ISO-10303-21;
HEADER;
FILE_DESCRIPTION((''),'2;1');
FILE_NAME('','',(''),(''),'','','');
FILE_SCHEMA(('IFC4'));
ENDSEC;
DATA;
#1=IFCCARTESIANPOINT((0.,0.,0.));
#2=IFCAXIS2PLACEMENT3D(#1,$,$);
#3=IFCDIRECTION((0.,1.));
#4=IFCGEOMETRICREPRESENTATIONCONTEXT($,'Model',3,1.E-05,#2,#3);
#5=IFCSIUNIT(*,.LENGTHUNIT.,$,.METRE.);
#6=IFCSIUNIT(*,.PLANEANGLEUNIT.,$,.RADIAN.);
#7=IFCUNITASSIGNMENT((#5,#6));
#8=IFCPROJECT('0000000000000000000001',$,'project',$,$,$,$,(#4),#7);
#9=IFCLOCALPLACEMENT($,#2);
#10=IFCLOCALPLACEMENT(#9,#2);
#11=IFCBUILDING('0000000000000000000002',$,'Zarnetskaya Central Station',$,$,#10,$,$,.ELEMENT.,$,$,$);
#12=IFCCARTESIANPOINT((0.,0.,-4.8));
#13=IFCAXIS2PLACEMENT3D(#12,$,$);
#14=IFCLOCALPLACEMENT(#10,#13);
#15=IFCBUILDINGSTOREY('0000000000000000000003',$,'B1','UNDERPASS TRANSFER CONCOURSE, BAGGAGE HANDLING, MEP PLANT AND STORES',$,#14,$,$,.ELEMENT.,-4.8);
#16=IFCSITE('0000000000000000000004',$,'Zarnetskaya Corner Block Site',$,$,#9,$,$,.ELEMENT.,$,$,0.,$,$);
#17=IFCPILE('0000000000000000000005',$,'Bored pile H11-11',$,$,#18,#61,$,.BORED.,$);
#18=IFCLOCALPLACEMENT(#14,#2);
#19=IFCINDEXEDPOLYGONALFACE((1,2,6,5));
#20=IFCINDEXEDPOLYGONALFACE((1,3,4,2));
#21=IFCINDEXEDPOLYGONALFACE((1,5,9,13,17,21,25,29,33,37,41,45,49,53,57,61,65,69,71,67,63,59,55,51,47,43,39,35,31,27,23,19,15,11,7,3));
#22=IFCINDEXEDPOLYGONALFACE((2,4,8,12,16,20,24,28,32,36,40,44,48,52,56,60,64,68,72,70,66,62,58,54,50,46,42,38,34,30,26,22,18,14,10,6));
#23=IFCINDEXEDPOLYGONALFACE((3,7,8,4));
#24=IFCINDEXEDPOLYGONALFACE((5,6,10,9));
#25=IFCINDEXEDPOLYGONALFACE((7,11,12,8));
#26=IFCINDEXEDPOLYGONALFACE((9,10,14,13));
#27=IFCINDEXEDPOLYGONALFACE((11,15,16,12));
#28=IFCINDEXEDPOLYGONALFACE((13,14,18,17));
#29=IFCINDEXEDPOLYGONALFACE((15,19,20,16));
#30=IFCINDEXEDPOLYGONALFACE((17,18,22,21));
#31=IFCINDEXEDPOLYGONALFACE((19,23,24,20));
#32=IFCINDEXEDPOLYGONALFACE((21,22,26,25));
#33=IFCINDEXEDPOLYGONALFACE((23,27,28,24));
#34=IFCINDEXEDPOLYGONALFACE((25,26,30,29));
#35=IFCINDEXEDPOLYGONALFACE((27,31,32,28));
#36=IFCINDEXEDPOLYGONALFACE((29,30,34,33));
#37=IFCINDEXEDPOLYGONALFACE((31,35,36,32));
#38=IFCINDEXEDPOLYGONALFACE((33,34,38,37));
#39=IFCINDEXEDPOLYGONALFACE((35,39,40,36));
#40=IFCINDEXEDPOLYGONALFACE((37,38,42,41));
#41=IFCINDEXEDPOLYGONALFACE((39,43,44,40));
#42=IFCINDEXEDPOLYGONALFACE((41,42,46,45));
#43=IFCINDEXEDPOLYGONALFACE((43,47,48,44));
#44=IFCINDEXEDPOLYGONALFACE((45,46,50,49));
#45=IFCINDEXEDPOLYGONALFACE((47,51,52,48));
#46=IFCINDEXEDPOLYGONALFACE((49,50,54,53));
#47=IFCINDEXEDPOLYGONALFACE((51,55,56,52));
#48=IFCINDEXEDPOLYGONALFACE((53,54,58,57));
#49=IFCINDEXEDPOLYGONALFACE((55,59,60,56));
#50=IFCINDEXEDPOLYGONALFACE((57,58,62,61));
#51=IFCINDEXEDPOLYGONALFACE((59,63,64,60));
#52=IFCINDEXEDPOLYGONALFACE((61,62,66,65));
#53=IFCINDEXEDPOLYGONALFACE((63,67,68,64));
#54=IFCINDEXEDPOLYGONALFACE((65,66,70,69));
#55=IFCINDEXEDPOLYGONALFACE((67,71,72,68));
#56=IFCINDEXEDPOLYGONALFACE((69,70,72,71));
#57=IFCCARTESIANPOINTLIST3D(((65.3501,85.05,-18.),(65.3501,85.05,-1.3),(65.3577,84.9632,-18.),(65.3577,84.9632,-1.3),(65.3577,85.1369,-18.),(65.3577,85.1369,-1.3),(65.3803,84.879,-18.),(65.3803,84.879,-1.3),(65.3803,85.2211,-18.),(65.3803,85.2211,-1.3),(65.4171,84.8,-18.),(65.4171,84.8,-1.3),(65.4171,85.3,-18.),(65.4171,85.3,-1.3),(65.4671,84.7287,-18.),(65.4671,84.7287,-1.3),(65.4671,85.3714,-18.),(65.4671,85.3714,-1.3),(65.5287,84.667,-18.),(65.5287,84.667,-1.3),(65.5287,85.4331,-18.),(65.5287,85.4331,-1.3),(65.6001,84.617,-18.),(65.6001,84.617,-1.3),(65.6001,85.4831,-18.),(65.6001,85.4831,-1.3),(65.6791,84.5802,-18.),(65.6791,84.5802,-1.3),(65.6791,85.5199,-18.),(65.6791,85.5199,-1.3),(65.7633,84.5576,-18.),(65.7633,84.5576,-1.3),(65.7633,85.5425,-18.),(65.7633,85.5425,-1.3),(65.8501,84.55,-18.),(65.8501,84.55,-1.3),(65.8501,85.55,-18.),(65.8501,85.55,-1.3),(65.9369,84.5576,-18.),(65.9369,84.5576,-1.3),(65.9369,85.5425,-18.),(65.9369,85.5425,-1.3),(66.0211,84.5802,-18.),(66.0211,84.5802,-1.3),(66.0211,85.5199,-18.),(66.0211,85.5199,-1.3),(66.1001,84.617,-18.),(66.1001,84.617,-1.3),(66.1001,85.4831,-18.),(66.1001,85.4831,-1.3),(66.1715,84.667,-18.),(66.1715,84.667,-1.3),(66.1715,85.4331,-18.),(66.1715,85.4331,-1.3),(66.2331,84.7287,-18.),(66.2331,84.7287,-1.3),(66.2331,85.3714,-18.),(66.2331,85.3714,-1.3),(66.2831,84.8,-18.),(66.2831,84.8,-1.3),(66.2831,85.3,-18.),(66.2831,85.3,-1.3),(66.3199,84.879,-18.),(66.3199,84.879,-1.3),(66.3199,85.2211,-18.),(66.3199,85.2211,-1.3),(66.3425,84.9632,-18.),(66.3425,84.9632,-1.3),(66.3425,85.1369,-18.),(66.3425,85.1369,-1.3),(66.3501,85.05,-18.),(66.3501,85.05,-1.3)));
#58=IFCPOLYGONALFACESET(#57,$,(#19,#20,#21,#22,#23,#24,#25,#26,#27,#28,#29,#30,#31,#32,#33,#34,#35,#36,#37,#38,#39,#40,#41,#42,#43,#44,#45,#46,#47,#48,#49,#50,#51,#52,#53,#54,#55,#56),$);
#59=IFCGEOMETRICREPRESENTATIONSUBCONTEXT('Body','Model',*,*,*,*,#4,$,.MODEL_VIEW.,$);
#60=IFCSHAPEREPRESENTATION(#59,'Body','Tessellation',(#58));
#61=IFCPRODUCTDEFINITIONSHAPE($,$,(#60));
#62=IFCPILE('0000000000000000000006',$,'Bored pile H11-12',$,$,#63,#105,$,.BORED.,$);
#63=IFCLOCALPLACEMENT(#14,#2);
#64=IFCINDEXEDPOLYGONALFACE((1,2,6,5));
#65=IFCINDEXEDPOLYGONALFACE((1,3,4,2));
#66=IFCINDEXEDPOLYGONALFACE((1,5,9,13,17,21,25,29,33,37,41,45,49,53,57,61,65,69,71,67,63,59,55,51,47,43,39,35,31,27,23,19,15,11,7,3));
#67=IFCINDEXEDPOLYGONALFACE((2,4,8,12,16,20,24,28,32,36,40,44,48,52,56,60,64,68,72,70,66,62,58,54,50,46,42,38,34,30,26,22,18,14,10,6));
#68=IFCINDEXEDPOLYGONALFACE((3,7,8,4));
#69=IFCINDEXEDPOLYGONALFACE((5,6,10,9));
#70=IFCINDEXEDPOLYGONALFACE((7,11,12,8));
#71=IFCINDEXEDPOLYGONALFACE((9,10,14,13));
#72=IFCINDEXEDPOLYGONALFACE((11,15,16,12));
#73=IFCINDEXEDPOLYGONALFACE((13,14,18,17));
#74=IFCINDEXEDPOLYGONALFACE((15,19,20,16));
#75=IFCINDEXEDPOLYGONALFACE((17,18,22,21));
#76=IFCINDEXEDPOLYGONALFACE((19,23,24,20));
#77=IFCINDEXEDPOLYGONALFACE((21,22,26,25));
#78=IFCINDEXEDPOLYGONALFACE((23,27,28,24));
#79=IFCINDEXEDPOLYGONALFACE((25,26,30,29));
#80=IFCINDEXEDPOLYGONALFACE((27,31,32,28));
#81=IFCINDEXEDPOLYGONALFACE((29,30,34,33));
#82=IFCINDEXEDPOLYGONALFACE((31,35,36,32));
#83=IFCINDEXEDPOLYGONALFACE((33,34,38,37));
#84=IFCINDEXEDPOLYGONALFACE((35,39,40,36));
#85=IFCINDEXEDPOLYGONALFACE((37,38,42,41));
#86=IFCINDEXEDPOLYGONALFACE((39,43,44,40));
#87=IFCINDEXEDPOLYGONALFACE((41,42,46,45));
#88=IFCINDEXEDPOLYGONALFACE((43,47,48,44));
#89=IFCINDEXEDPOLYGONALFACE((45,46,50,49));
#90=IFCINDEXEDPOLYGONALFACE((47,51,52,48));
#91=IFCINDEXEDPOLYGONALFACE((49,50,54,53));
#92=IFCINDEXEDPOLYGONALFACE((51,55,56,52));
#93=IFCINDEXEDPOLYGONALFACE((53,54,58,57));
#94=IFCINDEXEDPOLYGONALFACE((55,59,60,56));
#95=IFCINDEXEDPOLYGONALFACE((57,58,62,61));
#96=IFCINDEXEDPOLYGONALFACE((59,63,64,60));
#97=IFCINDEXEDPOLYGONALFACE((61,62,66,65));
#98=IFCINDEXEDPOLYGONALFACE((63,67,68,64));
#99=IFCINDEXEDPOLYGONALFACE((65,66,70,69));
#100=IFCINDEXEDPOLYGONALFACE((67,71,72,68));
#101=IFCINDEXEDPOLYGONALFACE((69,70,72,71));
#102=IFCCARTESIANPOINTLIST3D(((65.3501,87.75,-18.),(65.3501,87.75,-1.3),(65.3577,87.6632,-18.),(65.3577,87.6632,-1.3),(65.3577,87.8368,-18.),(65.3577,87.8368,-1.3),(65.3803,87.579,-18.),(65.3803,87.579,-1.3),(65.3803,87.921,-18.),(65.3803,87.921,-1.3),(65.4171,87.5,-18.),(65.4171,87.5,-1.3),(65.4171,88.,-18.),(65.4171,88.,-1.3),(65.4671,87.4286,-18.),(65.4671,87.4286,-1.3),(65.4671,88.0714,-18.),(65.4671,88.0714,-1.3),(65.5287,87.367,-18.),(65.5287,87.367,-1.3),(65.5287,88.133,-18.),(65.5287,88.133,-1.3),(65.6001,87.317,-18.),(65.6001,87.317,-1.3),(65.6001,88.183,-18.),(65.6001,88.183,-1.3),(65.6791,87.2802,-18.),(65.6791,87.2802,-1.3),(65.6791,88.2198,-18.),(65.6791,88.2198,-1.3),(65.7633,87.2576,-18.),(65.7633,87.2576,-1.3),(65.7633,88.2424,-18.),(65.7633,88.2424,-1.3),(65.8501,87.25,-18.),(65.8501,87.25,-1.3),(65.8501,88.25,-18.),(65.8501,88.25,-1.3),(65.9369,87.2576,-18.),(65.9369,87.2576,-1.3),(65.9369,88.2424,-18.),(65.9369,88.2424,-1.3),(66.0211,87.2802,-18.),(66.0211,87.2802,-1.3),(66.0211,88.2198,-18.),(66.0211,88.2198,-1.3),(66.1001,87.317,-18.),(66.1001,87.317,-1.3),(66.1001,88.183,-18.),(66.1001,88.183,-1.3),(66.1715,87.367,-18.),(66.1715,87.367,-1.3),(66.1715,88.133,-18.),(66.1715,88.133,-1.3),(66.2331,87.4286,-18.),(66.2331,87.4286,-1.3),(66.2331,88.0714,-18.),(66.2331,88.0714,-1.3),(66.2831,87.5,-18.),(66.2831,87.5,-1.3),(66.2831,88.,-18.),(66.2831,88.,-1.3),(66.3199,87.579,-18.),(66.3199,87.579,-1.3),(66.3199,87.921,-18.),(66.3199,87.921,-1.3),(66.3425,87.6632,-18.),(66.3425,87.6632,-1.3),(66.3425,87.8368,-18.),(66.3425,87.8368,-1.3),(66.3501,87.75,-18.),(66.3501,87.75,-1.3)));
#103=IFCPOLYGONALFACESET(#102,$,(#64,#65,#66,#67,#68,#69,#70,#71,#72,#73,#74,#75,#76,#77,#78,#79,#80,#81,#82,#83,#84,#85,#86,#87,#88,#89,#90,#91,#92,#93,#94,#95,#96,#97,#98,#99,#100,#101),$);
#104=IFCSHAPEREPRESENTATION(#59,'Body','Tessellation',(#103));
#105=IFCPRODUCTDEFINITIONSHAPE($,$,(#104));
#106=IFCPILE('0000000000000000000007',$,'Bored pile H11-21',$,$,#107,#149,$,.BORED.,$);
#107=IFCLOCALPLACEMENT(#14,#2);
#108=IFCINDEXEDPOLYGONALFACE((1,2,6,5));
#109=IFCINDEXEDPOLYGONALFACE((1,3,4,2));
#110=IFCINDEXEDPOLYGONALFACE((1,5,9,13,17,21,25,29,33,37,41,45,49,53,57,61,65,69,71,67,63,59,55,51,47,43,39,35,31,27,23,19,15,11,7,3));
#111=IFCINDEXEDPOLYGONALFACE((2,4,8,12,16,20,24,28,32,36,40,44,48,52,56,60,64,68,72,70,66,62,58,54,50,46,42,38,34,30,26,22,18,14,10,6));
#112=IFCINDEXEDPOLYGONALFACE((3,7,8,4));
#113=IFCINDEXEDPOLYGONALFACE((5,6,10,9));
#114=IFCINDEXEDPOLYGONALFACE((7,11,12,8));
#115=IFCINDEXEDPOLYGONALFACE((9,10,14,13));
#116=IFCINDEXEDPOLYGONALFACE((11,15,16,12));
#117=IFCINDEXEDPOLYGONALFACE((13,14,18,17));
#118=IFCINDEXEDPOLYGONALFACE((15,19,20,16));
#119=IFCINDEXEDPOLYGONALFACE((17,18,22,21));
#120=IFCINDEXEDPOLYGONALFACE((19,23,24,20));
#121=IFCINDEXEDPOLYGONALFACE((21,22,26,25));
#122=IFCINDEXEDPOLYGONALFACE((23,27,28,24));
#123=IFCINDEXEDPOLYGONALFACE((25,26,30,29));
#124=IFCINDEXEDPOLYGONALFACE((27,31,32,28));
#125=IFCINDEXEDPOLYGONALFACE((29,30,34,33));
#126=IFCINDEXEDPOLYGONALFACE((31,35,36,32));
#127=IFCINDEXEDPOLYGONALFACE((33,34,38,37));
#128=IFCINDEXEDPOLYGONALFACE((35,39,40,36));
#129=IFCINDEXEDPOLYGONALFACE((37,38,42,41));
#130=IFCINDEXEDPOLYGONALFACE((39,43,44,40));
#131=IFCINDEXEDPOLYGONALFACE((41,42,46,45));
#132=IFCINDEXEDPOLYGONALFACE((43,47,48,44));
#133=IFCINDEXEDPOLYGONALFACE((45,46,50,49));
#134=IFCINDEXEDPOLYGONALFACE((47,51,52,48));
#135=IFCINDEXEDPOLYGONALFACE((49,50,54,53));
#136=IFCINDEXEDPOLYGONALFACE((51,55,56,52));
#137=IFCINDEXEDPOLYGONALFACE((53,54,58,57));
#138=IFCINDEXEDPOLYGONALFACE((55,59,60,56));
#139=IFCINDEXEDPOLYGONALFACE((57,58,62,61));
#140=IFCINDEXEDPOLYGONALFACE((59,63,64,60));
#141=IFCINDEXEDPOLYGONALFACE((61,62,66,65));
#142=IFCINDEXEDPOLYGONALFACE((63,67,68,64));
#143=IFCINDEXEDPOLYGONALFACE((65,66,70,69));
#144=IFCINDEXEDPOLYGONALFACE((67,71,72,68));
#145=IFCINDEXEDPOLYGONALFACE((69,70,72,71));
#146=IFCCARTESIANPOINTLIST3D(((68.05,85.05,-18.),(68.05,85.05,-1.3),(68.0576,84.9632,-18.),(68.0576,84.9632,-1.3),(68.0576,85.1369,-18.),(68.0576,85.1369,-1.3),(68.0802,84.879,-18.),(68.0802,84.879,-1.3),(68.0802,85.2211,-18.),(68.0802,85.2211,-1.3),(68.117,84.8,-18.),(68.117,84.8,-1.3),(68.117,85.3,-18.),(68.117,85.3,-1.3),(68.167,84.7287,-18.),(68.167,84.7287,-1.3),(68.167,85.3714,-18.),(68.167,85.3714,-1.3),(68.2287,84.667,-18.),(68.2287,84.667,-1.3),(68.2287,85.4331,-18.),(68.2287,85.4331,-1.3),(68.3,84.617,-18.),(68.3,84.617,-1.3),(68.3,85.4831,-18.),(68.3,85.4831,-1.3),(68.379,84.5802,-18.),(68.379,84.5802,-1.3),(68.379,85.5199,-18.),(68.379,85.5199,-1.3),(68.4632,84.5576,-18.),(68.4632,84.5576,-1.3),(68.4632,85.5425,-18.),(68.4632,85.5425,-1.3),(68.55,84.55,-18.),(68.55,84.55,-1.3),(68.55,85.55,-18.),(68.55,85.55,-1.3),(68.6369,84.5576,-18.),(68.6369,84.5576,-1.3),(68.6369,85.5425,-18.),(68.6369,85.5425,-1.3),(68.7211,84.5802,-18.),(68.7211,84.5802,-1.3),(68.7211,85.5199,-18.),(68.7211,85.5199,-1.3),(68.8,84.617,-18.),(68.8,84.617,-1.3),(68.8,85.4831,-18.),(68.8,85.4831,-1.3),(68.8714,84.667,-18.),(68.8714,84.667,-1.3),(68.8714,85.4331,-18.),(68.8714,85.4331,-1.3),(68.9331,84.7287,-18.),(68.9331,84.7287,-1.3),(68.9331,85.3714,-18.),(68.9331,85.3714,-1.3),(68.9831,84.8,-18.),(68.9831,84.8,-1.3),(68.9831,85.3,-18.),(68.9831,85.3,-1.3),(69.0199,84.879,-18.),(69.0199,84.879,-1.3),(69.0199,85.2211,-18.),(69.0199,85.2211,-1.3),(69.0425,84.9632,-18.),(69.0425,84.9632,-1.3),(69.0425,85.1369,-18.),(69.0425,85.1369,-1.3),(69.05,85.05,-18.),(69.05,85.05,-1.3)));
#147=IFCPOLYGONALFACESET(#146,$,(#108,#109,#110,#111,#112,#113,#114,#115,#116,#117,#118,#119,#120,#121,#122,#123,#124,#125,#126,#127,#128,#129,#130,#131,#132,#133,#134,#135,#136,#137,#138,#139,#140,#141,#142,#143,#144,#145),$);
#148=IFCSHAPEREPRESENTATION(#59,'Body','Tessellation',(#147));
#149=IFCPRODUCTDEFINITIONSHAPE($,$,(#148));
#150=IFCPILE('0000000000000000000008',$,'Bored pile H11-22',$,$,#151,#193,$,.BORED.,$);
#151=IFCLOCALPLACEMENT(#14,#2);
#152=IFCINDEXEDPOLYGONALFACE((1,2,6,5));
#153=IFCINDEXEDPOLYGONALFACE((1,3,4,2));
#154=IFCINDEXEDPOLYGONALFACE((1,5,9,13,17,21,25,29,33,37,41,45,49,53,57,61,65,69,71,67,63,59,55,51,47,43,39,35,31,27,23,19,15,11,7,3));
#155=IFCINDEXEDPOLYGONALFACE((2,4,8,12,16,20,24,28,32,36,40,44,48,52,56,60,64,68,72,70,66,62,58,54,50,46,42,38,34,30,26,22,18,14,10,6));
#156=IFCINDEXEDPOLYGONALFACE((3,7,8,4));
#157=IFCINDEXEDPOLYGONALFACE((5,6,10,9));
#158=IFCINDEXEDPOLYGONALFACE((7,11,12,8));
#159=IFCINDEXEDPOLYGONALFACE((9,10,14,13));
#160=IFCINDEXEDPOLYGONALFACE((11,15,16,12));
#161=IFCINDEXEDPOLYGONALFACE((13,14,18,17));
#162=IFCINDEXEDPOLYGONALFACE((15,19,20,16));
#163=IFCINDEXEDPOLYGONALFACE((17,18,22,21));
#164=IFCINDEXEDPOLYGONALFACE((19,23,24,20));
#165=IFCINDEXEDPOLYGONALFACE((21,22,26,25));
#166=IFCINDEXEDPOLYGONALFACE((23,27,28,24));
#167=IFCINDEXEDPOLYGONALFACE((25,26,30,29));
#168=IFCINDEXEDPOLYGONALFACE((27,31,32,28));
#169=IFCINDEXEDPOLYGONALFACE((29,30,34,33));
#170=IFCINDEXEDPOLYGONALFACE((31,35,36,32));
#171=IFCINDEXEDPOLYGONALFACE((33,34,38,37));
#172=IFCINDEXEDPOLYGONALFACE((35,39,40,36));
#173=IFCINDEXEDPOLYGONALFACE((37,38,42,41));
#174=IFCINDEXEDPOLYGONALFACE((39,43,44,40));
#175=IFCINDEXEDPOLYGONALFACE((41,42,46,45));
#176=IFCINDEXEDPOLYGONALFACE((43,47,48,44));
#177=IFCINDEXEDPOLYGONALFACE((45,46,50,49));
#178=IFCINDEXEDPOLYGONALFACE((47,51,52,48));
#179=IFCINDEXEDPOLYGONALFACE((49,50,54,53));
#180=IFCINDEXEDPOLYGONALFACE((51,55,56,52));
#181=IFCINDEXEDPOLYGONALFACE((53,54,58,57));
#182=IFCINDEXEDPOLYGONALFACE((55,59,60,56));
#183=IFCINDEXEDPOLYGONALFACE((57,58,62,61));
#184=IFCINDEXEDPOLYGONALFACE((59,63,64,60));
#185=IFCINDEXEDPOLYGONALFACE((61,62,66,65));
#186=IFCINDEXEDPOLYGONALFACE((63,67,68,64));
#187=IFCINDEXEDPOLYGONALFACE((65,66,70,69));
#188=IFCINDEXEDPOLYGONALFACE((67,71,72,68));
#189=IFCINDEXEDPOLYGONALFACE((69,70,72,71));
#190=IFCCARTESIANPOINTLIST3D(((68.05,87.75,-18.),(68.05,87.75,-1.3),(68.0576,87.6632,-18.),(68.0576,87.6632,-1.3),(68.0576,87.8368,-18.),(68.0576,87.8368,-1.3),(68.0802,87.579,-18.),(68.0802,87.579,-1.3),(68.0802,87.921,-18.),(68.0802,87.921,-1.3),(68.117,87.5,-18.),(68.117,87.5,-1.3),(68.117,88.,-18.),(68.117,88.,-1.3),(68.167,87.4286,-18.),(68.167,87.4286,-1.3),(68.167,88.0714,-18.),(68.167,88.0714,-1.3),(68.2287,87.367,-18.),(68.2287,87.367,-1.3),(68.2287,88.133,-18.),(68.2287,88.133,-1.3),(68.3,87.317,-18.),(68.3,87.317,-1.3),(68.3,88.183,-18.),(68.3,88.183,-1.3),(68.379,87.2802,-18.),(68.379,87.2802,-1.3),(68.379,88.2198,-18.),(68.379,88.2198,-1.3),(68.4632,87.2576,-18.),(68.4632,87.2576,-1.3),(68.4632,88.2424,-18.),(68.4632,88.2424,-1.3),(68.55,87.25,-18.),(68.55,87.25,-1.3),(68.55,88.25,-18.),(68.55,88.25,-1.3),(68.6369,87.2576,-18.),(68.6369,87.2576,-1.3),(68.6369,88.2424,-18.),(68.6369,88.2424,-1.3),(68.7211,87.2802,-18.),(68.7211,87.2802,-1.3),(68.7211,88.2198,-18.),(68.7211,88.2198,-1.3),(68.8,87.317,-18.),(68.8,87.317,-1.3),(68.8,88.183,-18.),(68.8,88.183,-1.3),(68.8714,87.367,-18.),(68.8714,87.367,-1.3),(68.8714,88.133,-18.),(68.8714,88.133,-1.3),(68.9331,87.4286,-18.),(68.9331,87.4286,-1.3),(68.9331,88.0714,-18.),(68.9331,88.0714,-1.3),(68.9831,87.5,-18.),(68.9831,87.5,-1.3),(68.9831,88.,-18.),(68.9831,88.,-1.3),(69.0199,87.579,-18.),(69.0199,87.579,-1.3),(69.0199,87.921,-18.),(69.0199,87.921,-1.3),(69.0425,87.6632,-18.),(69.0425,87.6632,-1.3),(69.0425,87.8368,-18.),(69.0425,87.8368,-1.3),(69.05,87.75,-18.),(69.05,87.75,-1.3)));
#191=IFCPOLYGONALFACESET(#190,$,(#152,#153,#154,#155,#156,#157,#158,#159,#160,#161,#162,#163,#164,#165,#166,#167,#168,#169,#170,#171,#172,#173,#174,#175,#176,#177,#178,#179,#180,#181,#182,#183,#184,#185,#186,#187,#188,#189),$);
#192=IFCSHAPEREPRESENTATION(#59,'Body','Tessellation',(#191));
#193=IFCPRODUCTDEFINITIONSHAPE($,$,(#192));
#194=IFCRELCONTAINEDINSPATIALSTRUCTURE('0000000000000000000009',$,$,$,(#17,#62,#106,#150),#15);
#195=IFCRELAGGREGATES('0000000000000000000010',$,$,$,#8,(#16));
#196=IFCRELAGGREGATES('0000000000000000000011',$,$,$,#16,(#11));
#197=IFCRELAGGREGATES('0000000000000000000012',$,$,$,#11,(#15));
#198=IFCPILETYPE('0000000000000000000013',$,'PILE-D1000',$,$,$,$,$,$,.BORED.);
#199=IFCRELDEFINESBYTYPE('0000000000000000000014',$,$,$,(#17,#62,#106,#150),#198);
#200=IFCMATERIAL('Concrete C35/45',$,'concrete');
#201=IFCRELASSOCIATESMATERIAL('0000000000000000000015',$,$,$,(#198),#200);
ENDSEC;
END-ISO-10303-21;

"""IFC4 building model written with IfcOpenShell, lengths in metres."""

from ifc_helpers import new_model, si_unit, direction, frame, origin, origin_2d, place, context, subcontext, project, spatial, circle, extrude, material, material_profile, profile_set, type_object, element, save


model = new_model("IFC4")

# Units and contexts
model_context = context("Model", 3, precision=1e-05, world=origin(), true_north=direction((0.0, 1.0)))
body_context = subcontext(model_context, "Body", "Model", "MODEL_VIEW")
ifc_project = project(units=[si_unit("LENGTHUNIT", "METRE"), si_unit("PLANEANGLEUNIT", "RADIAN")], contexts=[model_context])

# Site, building, storey
site_placement = place(None, origin())
site = spatial("IfcSite", under=ifc_project, at=site_placement, Name="Zarnetskaya Corner Block Site", CompositionType="ELEMENT", RefElevation=0.0)
building_placement = place(site_placement, origin())
building = spatial("IfcBuilding", under=site, at=building_placement, Name="Zarnetskaya Central Station", CompositionType="ELEMENT")
storey_placement = place(building_placement, frame((0.0, 0.0, -4.8)))
storey = spatial("IfcBuildingStorey", under=building, at=storey_placement, Name="B1", Description="UNDERPASS TRANSFER CONCOURSE, BAGGAGE HANDLING, MEP PLANT AND STORES", CompositionType="ELEMENT", Elevation=-4.8)

# Shared definitions
ifc_material = material(Name="Concrete C35/45", Category="concrete")

# Piles
ifc_material_profile_1 = material_profile(ifc_material, circle(Radius=0.5, at=origin_2d()), Name="BORED PILE D1000")
ifc_profile_set_1 = profile_set([ifc_material_profile_1], Name="Concrete C35/45")
pile_type_1 = type_object("IfcPileType", Name="PILE-D1000", PredefinedType="BORED", material=ifc_profile_set_1)
for number, where, z_axis, x_axis, name in (
    (1, (65.8501, 85.05, -1.3), (0.0, 0.0, -1.0), (1.0, 0.0, 0.0), "Bored pile H11-11"),
    (2, (65.8501, 87.75, -1.3), (0.0, 0.0, -1.0), (1.0, 0.0, 0.0), "Bored pile H11-12"),
    (3, (68.55, 85.05, -1.3), (0.0, 0.0, -1.0), (1.0, 0.0, 0.0), "Bored pile H11-21"),
    (4, (68.55, 87.75, -1.3), (0.0, 0.0, -1.0), (1.0, 0.0, 0.0), "Bored pile H11-22"),
):
    element("IfcPile", number, at=place(storey_placement, frame(where, z_axis=z_axis, x_axis=x_axis)), inside=storey, type_object=pile_type_1, Name=name, PredefinedType="BORED", context=body_context, shape_type="SweptSolid", body=[
        extrude(circle(Radius=0.5, at=origin_2d()), origin(), (0.0, 0.0, 1.0), 16.7),
    ])

save(model, "model.ifc")
